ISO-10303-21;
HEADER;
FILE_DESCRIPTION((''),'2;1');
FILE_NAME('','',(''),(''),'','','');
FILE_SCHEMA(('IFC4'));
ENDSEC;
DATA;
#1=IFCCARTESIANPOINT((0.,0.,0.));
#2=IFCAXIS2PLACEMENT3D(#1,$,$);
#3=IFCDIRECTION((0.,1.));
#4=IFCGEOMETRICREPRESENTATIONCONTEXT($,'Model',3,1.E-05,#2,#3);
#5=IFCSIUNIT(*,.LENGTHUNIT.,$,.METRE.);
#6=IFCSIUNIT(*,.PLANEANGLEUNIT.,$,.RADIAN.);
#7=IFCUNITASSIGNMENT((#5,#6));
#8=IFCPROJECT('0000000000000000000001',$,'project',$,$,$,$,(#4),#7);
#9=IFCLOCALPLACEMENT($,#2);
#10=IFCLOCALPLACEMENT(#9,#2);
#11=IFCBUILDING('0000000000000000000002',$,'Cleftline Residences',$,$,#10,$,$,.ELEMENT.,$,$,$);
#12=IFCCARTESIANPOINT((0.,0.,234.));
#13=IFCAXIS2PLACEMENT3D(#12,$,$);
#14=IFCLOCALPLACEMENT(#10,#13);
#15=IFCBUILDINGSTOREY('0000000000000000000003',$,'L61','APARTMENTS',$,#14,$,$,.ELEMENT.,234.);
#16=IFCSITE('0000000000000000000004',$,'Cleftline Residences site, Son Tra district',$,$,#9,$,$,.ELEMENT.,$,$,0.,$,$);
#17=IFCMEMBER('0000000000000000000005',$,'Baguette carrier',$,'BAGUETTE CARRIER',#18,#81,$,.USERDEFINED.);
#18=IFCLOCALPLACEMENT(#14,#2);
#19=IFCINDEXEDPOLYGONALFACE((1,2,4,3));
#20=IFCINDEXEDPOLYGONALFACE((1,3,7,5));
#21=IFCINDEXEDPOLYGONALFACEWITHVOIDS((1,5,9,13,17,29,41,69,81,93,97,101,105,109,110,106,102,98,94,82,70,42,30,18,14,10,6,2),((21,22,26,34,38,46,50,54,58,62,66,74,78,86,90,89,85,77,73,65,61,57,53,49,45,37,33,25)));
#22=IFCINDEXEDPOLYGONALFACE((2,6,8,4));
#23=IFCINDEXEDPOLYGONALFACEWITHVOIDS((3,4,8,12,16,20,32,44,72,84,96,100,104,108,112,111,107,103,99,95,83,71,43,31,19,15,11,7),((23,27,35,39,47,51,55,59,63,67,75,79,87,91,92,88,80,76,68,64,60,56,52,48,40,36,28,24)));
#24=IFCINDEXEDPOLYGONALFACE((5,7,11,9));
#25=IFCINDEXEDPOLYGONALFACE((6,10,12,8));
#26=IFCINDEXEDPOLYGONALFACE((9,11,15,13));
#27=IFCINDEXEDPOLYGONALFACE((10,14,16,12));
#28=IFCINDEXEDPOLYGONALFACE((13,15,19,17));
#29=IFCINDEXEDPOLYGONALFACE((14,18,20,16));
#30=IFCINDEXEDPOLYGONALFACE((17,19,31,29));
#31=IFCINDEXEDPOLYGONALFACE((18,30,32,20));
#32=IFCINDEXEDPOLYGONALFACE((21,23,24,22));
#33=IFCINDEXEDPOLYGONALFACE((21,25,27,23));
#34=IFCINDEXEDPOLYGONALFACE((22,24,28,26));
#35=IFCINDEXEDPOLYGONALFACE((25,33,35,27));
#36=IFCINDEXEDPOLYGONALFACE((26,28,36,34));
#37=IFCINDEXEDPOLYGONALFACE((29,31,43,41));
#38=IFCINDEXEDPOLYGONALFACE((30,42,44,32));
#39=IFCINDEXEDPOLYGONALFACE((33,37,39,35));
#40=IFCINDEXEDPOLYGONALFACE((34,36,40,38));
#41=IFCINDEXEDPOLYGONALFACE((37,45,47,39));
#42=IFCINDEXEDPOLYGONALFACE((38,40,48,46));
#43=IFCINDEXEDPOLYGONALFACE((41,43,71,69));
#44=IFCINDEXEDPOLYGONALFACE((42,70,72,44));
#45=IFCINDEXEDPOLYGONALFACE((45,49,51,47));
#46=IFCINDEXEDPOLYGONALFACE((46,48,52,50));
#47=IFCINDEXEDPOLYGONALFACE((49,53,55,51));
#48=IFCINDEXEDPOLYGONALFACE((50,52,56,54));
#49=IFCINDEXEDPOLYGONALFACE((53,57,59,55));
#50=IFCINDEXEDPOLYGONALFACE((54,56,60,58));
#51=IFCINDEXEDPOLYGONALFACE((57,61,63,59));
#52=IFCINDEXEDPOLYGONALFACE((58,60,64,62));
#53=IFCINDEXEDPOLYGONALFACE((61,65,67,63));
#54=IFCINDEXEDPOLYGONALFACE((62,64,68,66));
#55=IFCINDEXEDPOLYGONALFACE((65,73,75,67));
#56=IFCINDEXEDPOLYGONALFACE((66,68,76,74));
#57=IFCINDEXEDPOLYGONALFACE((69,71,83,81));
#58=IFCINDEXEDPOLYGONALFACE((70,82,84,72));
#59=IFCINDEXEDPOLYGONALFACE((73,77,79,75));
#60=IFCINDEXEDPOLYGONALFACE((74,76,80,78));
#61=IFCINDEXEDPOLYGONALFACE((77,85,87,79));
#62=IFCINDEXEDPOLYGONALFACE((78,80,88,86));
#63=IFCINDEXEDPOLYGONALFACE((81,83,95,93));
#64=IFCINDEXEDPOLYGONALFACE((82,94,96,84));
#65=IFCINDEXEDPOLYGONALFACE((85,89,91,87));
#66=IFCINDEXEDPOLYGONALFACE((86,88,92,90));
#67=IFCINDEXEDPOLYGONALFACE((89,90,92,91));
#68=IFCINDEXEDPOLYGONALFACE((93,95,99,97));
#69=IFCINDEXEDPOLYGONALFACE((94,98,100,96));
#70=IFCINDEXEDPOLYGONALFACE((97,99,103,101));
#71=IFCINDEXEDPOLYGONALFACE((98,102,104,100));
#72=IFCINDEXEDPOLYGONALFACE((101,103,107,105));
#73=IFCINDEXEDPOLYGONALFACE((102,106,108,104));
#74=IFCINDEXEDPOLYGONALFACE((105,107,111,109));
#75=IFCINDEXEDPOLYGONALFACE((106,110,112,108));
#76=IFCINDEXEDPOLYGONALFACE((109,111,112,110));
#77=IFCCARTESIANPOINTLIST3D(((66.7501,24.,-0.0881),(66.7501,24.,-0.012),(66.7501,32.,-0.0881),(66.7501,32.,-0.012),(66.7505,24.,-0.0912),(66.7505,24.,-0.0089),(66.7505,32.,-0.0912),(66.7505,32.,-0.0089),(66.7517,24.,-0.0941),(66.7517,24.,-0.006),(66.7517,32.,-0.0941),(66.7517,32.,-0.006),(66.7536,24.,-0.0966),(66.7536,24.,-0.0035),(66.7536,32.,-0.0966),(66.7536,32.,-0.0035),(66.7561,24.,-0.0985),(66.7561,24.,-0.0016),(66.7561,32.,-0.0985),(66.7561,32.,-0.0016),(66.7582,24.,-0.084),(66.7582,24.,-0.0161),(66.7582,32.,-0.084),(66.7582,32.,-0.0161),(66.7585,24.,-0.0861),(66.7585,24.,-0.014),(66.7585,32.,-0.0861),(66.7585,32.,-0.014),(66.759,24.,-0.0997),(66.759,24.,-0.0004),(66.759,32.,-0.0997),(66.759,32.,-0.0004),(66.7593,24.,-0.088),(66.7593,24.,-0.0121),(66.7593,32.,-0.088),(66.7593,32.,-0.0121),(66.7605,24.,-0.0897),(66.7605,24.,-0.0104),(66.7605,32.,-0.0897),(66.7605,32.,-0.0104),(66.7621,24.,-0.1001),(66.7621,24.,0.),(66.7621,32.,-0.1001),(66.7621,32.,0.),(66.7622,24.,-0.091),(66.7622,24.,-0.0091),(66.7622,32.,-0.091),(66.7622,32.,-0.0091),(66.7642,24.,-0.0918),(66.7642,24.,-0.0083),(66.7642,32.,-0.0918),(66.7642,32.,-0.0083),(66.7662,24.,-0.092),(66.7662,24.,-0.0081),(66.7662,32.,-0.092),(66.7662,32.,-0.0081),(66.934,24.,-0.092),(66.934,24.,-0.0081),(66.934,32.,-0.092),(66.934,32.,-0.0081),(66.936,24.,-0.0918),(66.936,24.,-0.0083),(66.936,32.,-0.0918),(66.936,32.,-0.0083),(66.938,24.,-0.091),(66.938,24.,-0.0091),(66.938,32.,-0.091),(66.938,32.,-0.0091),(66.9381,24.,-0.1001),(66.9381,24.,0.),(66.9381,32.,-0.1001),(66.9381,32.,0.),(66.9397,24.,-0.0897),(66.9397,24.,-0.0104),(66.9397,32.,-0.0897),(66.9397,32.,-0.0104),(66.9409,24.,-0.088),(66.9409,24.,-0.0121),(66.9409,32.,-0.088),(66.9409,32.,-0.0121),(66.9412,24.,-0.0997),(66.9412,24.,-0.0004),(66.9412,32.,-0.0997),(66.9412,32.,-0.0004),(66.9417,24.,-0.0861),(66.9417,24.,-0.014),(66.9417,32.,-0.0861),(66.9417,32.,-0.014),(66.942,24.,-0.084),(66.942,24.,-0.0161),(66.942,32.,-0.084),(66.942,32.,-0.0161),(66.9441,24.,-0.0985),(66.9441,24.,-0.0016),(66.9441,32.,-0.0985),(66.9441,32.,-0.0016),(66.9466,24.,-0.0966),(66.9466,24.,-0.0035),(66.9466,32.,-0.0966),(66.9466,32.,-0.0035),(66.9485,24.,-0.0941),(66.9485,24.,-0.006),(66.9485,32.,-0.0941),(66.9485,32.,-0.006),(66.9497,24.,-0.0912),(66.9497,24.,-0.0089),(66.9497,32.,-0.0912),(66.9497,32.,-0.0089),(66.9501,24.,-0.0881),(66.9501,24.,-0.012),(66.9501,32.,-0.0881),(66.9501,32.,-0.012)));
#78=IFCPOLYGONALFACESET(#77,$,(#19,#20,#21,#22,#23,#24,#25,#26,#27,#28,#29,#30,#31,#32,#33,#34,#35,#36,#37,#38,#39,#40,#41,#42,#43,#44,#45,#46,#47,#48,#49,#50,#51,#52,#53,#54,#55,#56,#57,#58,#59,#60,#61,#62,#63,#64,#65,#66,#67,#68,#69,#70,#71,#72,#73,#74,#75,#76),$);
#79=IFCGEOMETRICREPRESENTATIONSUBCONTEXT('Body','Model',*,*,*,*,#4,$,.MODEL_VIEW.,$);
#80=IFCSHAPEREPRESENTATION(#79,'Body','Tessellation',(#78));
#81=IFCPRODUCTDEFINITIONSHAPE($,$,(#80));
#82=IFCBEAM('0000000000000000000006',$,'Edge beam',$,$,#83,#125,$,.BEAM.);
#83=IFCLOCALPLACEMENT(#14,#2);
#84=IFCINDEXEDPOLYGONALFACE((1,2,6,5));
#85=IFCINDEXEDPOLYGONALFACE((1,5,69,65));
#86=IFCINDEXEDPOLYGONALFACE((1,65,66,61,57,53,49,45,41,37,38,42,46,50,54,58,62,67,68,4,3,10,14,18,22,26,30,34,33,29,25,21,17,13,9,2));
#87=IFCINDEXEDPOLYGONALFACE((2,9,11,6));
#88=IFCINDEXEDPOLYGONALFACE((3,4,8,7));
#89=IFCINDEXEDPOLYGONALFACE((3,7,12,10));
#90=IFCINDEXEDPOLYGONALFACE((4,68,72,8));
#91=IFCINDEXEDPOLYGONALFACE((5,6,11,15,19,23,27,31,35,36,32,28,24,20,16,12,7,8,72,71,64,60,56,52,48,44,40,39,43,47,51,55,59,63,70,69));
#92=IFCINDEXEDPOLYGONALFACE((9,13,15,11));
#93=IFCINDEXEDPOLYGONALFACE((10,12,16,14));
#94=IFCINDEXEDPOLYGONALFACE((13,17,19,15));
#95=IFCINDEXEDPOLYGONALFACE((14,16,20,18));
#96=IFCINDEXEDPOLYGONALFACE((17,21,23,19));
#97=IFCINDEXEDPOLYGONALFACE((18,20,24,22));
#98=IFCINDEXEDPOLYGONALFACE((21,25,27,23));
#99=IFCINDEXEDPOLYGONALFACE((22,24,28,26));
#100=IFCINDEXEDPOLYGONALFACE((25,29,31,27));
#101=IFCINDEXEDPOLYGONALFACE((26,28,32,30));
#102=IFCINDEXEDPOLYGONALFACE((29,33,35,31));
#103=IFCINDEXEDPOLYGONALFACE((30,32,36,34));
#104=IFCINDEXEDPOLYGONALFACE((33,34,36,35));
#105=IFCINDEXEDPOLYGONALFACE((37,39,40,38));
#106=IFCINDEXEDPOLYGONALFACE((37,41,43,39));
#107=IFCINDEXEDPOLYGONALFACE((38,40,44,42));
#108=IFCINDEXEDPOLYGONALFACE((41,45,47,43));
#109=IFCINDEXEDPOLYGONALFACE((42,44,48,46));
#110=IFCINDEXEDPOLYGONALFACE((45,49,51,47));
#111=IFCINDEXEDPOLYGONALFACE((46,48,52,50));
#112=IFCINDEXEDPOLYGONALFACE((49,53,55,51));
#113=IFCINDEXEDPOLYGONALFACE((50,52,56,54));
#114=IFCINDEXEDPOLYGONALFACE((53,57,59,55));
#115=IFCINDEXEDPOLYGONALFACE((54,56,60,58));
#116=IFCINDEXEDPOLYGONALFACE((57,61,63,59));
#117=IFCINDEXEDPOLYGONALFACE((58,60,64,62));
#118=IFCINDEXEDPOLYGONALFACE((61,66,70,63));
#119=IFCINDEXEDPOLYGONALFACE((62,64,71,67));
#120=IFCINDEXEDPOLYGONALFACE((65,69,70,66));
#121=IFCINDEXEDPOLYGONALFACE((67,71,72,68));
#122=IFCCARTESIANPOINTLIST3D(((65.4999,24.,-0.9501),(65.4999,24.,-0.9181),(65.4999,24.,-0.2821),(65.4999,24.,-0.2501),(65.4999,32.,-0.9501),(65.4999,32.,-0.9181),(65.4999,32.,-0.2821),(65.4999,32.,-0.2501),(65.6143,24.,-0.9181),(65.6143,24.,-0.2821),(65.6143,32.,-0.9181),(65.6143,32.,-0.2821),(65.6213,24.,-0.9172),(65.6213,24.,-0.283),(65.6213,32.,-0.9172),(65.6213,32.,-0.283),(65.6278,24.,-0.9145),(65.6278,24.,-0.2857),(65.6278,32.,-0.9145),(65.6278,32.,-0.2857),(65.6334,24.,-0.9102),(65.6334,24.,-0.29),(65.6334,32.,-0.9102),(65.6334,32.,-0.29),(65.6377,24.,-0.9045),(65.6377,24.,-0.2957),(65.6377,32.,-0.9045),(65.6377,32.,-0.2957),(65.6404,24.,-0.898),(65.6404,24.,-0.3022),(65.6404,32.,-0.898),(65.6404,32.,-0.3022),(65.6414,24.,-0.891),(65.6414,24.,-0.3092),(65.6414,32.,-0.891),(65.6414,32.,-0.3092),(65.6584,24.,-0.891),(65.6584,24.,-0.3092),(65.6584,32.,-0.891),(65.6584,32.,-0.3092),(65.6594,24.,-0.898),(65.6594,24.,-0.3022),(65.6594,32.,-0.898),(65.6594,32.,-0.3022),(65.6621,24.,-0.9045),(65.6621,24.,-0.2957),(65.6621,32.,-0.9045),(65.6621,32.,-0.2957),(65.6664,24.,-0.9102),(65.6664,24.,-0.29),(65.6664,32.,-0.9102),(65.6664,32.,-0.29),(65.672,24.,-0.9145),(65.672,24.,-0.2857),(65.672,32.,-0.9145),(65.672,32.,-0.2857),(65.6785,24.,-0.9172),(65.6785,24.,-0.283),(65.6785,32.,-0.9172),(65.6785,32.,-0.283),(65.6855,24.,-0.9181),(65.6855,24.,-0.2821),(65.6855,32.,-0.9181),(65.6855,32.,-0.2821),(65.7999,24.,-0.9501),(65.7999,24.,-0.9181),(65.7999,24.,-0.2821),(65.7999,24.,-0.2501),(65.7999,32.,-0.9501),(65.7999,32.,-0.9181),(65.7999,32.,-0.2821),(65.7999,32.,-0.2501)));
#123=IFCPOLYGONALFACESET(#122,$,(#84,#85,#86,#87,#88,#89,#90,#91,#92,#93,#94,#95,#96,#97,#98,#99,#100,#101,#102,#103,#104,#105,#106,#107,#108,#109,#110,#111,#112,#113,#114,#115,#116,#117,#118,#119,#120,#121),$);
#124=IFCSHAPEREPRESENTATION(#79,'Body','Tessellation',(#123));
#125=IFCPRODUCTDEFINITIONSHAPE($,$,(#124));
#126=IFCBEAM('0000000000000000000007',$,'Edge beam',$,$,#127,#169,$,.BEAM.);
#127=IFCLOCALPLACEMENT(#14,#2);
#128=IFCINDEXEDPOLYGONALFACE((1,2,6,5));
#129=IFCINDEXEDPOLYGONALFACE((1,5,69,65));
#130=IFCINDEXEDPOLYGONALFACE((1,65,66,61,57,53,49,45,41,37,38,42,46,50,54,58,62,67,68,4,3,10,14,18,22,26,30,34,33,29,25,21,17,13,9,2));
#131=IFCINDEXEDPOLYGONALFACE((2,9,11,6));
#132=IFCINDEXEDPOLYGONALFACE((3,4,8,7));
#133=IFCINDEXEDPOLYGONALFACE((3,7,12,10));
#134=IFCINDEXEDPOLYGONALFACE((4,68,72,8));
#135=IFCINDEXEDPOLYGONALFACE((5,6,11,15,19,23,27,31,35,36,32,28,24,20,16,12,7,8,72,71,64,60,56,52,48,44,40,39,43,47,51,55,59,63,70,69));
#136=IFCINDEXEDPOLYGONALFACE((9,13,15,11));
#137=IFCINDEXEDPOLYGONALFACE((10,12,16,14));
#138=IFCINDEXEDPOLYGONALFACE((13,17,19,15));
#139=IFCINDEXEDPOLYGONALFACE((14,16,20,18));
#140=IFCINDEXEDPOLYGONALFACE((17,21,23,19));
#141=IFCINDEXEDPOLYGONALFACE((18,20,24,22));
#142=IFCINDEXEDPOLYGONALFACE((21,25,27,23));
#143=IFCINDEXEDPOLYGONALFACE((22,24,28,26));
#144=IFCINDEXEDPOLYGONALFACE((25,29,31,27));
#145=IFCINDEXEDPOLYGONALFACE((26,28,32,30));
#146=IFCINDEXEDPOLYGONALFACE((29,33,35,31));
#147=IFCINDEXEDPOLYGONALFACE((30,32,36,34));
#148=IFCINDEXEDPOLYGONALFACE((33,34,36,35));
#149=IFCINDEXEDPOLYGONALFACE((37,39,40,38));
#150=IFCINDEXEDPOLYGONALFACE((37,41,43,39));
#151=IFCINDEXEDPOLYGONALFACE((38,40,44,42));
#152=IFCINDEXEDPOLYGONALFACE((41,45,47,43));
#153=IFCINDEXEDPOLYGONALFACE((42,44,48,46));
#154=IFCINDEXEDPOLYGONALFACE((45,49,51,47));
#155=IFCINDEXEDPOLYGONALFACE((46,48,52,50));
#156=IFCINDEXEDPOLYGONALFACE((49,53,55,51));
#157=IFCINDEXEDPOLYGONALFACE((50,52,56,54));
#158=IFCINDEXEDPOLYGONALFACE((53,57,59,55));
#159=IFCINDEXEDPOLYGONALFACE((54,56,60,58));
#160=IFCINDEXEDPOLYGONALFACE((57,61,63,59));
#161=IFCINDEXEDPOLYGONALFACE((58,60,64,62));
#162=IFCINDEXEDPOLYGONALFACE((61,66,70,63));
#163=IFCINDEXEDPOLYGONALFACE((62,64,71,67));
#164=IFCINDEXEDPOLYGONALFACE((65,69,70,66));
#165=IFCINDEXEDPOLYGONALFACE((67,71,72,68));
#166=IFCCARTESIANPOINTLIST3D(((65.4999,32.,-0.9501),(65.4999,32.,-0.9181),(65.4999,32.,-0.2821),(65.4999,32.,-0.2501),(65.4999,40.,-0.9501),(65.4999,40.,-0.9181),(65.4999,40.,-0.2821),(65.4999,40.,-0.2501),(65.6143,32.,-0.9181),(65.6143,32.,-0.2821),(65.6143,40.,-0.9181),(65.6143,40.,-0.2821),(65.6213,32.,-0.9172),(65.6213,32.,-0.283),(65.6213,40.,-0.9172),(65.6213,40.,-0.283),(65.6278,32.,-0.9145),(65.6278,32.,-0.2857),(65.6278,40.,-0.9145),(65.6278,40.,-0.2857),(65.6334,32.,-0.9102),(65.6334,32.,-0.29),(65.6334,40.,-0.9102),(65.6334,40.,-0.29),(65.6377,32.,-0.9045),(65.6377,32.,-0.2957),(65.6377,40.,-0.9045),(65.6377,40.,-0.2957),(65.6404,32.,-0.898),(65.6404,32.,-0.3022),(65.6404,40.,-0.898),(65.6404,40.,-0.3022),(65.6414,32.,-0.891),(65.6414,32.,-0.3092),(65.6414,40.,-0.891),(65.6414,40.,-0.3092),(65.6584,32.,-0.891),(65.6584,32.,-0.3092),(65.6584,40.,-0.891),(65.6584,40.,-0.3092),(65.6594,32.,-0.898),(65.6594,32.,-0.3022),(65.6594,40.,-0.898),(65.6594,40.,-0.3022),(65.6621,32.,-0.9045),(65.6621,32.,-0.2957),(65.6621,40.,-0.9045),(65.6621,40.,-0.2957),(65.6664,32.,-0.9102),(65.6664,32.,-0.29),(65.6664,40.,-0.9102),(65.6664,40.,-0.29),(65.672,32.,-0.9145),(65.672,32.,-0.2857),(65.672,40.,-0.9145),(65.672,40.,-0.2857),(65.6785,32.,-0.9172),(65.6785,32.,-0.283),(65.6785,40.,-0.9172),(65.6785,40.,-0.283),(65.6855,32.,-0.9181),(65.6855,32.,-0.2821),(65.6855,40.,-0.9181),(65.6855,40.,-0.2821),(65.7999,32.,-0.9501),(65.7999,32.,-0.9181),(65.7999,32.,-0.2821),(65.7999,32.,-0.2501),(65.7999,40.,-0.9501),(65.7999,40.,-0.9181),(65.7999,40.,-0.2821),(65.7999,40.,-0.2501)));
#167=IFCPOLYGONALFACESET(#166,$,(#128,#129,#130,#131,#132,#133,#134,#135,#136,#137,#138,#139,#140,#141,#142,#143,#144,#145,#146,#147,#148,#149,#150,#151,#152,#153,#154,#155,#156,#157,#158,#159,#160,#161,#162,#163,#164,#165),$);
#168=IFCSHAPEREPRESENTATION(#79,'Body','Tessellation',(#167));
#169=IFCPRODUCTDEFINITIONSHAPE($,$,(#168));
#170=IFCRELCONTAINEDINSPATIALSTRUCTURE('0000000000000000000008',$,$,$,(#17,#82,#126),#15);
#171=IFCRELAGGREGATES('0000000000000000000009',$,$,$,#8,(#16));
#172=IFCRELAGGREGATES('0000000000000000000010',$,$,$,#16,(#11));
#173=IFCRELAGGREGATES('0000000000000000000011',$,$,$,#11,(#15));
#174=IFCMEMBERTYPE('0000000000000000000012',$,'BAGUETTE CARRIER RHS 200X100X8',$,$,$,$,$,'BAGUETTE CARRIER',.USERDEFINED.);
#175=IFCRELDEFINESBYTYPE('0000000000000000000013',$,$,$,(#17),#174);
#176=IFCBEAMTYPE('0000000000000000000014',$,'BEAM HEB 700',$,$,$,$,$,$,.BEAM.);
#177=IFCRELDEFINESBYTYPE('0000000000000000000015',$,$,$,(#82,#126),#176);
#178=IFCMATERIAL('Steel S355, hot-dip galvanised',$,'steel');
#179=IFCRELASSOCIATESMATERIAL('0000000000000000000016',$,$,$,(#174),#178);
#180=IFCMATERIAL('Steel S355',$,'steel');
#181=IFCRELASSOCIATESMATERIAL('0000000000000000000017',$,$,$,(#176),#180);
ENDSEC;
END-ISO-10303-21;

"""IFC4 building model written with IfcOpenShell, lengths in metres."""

from ifc_helpers import new_model, si_unit, direction, frame, origin, origin_2d, place, context, subcontext, project, spatial, hollow_rectangle, i_section, extrude, material, material_profile, profile_set, type_object, element, save


model = new_model("IFC4")

# Units and contexts
model_context = context("Model", 3, precision=1e-05, world=origin(), true_north=direction((0.0, 1.0)))
body_context = subcontext(model_context, "Body", "Model", "MODEL_VIEW")
ifc_project = project(units=[si_unit("LENGTHUNIT", "METRE"), si_unit("PLANEANGLEUNIT", "RADIAN")], contexts=[model_context])

# Site, building, storey
site_placement = place(None, origin())
site = spatial("IfcSite", under=ifc_project, at=site_placement, Name="Cleftline Residences site, Son Tra district", CompositionType="ELEMENT", RefElevation=0.0)
building_placement = place(site_placement, origin())
building = spatial("IfcBuilding", under=site, at=building_placement, Name="Cleftline Residences", CompositionType="ELEMENT")
storey_placement = place(building_placement, frame((0.0, 0.0, 234.0)))
storey = spatial("IfcBuildingStorey", under=building, at=storey_placement, Name="L61", Description="APARTMENTS", CompositionType="ELEMENT", Elevation=234.0)

# Member
ifc_material_1 = material(Name="Steel S355, hot-dip galvanised", Category="steel")
ifc_material_profile_1 = material_profile(ifc_material_1, hollow_rectangle(XDim=0.1001, YDim=0.2, WallThickness=0.0081, InnerFilletRadius=0.0081, OuterFilletRadius=0.012, at=origin_2d()))
ifc_profile_set_1 = profile_set([ifc_material_profile_1], Name="Steel S355, hot-dip galvanised")
member_type_1 = type_object("IfcMemberType", Name="BAGUETTE CARRIER RHS 200X100X8", ElementType="BAGUETTE CARRIER", PredefinedType="USERDEFINED", material=ifc_profile_set_1)
member_placement = place(storey_placement, frame((66.8501, 24.0, -0.05), z_axis=(0.0, 1.0, 0.0), x_axis=(0.0, 0.0, 1.0)))
element("IfcMember", 1, at=member_placement, inside=storey, type_object=member_type_1, Name="Baguette carrier", ObjectType="BAGUETTE CARRIER", PredefinedType="USERDEFINED", context=body_context, shape_type="SweptSolid", body=[
    extrude(hollow_rectangle(XDim=0.1001, YDim=0.2, WallThickness=0.0081, InnerFilletRadius=0.0081, OuterFilletRadius=0.012, at=origin_2d()), origin(), (0.0, 0.0, 1.0), 8.0),
])

# Beams
ifc_material_2 = material(Name="Steel S355", Category="steel")
ifc_material_profile_2 = material_profile(ifc_material_2, i_section(OverallWidth=0.3, OverallDepth=0.7, WebThickness=0.0171, FlangeThickness=0.032, FilletRadius=0.0271, at=origin_2d()))
ifc_profile_set_2 = profile_set([ifc_material_profile_2], Name="Steel S355")
beam_type_1 = type_object("IfcBeamType", Name="BEAM HEB 700", PredefinedType="BEAM", material=ifc_profile_set_2)
for number, where, z_axis, x_axis, name in (
    (2, (65.6499, 24.0, -0.6001), (0.0, 1.0, 0.0), (-1.0, 0.0, 0.0), "Edge beam"),
    (3, (65.6499, 32.0, -0.6001), (0.0, 1.0, 0.0), (-1.0, 0.0, 0.0), "Edge beam"),
):
    element("IfcBeam", number, at=place(storey_placement, frame(where, z_axis=z_axis, x_axis=x_axis)), inside=storey, type_object=beam_type_1, Name=name, PredefinedType="BEAM", context=body_context, shape_type="SweptSolid", body=[
        extrude(i_section(OverallWidth=0.3, OverallDepth=0.7, WebThickness=0.0171, FlangeThickness=0.032, FilletRadius=0.0271, at=origin_2d()), origin(), (0.0, 0.0, 1.0), 8.0),
    ])

save(model, "model.ifc")
